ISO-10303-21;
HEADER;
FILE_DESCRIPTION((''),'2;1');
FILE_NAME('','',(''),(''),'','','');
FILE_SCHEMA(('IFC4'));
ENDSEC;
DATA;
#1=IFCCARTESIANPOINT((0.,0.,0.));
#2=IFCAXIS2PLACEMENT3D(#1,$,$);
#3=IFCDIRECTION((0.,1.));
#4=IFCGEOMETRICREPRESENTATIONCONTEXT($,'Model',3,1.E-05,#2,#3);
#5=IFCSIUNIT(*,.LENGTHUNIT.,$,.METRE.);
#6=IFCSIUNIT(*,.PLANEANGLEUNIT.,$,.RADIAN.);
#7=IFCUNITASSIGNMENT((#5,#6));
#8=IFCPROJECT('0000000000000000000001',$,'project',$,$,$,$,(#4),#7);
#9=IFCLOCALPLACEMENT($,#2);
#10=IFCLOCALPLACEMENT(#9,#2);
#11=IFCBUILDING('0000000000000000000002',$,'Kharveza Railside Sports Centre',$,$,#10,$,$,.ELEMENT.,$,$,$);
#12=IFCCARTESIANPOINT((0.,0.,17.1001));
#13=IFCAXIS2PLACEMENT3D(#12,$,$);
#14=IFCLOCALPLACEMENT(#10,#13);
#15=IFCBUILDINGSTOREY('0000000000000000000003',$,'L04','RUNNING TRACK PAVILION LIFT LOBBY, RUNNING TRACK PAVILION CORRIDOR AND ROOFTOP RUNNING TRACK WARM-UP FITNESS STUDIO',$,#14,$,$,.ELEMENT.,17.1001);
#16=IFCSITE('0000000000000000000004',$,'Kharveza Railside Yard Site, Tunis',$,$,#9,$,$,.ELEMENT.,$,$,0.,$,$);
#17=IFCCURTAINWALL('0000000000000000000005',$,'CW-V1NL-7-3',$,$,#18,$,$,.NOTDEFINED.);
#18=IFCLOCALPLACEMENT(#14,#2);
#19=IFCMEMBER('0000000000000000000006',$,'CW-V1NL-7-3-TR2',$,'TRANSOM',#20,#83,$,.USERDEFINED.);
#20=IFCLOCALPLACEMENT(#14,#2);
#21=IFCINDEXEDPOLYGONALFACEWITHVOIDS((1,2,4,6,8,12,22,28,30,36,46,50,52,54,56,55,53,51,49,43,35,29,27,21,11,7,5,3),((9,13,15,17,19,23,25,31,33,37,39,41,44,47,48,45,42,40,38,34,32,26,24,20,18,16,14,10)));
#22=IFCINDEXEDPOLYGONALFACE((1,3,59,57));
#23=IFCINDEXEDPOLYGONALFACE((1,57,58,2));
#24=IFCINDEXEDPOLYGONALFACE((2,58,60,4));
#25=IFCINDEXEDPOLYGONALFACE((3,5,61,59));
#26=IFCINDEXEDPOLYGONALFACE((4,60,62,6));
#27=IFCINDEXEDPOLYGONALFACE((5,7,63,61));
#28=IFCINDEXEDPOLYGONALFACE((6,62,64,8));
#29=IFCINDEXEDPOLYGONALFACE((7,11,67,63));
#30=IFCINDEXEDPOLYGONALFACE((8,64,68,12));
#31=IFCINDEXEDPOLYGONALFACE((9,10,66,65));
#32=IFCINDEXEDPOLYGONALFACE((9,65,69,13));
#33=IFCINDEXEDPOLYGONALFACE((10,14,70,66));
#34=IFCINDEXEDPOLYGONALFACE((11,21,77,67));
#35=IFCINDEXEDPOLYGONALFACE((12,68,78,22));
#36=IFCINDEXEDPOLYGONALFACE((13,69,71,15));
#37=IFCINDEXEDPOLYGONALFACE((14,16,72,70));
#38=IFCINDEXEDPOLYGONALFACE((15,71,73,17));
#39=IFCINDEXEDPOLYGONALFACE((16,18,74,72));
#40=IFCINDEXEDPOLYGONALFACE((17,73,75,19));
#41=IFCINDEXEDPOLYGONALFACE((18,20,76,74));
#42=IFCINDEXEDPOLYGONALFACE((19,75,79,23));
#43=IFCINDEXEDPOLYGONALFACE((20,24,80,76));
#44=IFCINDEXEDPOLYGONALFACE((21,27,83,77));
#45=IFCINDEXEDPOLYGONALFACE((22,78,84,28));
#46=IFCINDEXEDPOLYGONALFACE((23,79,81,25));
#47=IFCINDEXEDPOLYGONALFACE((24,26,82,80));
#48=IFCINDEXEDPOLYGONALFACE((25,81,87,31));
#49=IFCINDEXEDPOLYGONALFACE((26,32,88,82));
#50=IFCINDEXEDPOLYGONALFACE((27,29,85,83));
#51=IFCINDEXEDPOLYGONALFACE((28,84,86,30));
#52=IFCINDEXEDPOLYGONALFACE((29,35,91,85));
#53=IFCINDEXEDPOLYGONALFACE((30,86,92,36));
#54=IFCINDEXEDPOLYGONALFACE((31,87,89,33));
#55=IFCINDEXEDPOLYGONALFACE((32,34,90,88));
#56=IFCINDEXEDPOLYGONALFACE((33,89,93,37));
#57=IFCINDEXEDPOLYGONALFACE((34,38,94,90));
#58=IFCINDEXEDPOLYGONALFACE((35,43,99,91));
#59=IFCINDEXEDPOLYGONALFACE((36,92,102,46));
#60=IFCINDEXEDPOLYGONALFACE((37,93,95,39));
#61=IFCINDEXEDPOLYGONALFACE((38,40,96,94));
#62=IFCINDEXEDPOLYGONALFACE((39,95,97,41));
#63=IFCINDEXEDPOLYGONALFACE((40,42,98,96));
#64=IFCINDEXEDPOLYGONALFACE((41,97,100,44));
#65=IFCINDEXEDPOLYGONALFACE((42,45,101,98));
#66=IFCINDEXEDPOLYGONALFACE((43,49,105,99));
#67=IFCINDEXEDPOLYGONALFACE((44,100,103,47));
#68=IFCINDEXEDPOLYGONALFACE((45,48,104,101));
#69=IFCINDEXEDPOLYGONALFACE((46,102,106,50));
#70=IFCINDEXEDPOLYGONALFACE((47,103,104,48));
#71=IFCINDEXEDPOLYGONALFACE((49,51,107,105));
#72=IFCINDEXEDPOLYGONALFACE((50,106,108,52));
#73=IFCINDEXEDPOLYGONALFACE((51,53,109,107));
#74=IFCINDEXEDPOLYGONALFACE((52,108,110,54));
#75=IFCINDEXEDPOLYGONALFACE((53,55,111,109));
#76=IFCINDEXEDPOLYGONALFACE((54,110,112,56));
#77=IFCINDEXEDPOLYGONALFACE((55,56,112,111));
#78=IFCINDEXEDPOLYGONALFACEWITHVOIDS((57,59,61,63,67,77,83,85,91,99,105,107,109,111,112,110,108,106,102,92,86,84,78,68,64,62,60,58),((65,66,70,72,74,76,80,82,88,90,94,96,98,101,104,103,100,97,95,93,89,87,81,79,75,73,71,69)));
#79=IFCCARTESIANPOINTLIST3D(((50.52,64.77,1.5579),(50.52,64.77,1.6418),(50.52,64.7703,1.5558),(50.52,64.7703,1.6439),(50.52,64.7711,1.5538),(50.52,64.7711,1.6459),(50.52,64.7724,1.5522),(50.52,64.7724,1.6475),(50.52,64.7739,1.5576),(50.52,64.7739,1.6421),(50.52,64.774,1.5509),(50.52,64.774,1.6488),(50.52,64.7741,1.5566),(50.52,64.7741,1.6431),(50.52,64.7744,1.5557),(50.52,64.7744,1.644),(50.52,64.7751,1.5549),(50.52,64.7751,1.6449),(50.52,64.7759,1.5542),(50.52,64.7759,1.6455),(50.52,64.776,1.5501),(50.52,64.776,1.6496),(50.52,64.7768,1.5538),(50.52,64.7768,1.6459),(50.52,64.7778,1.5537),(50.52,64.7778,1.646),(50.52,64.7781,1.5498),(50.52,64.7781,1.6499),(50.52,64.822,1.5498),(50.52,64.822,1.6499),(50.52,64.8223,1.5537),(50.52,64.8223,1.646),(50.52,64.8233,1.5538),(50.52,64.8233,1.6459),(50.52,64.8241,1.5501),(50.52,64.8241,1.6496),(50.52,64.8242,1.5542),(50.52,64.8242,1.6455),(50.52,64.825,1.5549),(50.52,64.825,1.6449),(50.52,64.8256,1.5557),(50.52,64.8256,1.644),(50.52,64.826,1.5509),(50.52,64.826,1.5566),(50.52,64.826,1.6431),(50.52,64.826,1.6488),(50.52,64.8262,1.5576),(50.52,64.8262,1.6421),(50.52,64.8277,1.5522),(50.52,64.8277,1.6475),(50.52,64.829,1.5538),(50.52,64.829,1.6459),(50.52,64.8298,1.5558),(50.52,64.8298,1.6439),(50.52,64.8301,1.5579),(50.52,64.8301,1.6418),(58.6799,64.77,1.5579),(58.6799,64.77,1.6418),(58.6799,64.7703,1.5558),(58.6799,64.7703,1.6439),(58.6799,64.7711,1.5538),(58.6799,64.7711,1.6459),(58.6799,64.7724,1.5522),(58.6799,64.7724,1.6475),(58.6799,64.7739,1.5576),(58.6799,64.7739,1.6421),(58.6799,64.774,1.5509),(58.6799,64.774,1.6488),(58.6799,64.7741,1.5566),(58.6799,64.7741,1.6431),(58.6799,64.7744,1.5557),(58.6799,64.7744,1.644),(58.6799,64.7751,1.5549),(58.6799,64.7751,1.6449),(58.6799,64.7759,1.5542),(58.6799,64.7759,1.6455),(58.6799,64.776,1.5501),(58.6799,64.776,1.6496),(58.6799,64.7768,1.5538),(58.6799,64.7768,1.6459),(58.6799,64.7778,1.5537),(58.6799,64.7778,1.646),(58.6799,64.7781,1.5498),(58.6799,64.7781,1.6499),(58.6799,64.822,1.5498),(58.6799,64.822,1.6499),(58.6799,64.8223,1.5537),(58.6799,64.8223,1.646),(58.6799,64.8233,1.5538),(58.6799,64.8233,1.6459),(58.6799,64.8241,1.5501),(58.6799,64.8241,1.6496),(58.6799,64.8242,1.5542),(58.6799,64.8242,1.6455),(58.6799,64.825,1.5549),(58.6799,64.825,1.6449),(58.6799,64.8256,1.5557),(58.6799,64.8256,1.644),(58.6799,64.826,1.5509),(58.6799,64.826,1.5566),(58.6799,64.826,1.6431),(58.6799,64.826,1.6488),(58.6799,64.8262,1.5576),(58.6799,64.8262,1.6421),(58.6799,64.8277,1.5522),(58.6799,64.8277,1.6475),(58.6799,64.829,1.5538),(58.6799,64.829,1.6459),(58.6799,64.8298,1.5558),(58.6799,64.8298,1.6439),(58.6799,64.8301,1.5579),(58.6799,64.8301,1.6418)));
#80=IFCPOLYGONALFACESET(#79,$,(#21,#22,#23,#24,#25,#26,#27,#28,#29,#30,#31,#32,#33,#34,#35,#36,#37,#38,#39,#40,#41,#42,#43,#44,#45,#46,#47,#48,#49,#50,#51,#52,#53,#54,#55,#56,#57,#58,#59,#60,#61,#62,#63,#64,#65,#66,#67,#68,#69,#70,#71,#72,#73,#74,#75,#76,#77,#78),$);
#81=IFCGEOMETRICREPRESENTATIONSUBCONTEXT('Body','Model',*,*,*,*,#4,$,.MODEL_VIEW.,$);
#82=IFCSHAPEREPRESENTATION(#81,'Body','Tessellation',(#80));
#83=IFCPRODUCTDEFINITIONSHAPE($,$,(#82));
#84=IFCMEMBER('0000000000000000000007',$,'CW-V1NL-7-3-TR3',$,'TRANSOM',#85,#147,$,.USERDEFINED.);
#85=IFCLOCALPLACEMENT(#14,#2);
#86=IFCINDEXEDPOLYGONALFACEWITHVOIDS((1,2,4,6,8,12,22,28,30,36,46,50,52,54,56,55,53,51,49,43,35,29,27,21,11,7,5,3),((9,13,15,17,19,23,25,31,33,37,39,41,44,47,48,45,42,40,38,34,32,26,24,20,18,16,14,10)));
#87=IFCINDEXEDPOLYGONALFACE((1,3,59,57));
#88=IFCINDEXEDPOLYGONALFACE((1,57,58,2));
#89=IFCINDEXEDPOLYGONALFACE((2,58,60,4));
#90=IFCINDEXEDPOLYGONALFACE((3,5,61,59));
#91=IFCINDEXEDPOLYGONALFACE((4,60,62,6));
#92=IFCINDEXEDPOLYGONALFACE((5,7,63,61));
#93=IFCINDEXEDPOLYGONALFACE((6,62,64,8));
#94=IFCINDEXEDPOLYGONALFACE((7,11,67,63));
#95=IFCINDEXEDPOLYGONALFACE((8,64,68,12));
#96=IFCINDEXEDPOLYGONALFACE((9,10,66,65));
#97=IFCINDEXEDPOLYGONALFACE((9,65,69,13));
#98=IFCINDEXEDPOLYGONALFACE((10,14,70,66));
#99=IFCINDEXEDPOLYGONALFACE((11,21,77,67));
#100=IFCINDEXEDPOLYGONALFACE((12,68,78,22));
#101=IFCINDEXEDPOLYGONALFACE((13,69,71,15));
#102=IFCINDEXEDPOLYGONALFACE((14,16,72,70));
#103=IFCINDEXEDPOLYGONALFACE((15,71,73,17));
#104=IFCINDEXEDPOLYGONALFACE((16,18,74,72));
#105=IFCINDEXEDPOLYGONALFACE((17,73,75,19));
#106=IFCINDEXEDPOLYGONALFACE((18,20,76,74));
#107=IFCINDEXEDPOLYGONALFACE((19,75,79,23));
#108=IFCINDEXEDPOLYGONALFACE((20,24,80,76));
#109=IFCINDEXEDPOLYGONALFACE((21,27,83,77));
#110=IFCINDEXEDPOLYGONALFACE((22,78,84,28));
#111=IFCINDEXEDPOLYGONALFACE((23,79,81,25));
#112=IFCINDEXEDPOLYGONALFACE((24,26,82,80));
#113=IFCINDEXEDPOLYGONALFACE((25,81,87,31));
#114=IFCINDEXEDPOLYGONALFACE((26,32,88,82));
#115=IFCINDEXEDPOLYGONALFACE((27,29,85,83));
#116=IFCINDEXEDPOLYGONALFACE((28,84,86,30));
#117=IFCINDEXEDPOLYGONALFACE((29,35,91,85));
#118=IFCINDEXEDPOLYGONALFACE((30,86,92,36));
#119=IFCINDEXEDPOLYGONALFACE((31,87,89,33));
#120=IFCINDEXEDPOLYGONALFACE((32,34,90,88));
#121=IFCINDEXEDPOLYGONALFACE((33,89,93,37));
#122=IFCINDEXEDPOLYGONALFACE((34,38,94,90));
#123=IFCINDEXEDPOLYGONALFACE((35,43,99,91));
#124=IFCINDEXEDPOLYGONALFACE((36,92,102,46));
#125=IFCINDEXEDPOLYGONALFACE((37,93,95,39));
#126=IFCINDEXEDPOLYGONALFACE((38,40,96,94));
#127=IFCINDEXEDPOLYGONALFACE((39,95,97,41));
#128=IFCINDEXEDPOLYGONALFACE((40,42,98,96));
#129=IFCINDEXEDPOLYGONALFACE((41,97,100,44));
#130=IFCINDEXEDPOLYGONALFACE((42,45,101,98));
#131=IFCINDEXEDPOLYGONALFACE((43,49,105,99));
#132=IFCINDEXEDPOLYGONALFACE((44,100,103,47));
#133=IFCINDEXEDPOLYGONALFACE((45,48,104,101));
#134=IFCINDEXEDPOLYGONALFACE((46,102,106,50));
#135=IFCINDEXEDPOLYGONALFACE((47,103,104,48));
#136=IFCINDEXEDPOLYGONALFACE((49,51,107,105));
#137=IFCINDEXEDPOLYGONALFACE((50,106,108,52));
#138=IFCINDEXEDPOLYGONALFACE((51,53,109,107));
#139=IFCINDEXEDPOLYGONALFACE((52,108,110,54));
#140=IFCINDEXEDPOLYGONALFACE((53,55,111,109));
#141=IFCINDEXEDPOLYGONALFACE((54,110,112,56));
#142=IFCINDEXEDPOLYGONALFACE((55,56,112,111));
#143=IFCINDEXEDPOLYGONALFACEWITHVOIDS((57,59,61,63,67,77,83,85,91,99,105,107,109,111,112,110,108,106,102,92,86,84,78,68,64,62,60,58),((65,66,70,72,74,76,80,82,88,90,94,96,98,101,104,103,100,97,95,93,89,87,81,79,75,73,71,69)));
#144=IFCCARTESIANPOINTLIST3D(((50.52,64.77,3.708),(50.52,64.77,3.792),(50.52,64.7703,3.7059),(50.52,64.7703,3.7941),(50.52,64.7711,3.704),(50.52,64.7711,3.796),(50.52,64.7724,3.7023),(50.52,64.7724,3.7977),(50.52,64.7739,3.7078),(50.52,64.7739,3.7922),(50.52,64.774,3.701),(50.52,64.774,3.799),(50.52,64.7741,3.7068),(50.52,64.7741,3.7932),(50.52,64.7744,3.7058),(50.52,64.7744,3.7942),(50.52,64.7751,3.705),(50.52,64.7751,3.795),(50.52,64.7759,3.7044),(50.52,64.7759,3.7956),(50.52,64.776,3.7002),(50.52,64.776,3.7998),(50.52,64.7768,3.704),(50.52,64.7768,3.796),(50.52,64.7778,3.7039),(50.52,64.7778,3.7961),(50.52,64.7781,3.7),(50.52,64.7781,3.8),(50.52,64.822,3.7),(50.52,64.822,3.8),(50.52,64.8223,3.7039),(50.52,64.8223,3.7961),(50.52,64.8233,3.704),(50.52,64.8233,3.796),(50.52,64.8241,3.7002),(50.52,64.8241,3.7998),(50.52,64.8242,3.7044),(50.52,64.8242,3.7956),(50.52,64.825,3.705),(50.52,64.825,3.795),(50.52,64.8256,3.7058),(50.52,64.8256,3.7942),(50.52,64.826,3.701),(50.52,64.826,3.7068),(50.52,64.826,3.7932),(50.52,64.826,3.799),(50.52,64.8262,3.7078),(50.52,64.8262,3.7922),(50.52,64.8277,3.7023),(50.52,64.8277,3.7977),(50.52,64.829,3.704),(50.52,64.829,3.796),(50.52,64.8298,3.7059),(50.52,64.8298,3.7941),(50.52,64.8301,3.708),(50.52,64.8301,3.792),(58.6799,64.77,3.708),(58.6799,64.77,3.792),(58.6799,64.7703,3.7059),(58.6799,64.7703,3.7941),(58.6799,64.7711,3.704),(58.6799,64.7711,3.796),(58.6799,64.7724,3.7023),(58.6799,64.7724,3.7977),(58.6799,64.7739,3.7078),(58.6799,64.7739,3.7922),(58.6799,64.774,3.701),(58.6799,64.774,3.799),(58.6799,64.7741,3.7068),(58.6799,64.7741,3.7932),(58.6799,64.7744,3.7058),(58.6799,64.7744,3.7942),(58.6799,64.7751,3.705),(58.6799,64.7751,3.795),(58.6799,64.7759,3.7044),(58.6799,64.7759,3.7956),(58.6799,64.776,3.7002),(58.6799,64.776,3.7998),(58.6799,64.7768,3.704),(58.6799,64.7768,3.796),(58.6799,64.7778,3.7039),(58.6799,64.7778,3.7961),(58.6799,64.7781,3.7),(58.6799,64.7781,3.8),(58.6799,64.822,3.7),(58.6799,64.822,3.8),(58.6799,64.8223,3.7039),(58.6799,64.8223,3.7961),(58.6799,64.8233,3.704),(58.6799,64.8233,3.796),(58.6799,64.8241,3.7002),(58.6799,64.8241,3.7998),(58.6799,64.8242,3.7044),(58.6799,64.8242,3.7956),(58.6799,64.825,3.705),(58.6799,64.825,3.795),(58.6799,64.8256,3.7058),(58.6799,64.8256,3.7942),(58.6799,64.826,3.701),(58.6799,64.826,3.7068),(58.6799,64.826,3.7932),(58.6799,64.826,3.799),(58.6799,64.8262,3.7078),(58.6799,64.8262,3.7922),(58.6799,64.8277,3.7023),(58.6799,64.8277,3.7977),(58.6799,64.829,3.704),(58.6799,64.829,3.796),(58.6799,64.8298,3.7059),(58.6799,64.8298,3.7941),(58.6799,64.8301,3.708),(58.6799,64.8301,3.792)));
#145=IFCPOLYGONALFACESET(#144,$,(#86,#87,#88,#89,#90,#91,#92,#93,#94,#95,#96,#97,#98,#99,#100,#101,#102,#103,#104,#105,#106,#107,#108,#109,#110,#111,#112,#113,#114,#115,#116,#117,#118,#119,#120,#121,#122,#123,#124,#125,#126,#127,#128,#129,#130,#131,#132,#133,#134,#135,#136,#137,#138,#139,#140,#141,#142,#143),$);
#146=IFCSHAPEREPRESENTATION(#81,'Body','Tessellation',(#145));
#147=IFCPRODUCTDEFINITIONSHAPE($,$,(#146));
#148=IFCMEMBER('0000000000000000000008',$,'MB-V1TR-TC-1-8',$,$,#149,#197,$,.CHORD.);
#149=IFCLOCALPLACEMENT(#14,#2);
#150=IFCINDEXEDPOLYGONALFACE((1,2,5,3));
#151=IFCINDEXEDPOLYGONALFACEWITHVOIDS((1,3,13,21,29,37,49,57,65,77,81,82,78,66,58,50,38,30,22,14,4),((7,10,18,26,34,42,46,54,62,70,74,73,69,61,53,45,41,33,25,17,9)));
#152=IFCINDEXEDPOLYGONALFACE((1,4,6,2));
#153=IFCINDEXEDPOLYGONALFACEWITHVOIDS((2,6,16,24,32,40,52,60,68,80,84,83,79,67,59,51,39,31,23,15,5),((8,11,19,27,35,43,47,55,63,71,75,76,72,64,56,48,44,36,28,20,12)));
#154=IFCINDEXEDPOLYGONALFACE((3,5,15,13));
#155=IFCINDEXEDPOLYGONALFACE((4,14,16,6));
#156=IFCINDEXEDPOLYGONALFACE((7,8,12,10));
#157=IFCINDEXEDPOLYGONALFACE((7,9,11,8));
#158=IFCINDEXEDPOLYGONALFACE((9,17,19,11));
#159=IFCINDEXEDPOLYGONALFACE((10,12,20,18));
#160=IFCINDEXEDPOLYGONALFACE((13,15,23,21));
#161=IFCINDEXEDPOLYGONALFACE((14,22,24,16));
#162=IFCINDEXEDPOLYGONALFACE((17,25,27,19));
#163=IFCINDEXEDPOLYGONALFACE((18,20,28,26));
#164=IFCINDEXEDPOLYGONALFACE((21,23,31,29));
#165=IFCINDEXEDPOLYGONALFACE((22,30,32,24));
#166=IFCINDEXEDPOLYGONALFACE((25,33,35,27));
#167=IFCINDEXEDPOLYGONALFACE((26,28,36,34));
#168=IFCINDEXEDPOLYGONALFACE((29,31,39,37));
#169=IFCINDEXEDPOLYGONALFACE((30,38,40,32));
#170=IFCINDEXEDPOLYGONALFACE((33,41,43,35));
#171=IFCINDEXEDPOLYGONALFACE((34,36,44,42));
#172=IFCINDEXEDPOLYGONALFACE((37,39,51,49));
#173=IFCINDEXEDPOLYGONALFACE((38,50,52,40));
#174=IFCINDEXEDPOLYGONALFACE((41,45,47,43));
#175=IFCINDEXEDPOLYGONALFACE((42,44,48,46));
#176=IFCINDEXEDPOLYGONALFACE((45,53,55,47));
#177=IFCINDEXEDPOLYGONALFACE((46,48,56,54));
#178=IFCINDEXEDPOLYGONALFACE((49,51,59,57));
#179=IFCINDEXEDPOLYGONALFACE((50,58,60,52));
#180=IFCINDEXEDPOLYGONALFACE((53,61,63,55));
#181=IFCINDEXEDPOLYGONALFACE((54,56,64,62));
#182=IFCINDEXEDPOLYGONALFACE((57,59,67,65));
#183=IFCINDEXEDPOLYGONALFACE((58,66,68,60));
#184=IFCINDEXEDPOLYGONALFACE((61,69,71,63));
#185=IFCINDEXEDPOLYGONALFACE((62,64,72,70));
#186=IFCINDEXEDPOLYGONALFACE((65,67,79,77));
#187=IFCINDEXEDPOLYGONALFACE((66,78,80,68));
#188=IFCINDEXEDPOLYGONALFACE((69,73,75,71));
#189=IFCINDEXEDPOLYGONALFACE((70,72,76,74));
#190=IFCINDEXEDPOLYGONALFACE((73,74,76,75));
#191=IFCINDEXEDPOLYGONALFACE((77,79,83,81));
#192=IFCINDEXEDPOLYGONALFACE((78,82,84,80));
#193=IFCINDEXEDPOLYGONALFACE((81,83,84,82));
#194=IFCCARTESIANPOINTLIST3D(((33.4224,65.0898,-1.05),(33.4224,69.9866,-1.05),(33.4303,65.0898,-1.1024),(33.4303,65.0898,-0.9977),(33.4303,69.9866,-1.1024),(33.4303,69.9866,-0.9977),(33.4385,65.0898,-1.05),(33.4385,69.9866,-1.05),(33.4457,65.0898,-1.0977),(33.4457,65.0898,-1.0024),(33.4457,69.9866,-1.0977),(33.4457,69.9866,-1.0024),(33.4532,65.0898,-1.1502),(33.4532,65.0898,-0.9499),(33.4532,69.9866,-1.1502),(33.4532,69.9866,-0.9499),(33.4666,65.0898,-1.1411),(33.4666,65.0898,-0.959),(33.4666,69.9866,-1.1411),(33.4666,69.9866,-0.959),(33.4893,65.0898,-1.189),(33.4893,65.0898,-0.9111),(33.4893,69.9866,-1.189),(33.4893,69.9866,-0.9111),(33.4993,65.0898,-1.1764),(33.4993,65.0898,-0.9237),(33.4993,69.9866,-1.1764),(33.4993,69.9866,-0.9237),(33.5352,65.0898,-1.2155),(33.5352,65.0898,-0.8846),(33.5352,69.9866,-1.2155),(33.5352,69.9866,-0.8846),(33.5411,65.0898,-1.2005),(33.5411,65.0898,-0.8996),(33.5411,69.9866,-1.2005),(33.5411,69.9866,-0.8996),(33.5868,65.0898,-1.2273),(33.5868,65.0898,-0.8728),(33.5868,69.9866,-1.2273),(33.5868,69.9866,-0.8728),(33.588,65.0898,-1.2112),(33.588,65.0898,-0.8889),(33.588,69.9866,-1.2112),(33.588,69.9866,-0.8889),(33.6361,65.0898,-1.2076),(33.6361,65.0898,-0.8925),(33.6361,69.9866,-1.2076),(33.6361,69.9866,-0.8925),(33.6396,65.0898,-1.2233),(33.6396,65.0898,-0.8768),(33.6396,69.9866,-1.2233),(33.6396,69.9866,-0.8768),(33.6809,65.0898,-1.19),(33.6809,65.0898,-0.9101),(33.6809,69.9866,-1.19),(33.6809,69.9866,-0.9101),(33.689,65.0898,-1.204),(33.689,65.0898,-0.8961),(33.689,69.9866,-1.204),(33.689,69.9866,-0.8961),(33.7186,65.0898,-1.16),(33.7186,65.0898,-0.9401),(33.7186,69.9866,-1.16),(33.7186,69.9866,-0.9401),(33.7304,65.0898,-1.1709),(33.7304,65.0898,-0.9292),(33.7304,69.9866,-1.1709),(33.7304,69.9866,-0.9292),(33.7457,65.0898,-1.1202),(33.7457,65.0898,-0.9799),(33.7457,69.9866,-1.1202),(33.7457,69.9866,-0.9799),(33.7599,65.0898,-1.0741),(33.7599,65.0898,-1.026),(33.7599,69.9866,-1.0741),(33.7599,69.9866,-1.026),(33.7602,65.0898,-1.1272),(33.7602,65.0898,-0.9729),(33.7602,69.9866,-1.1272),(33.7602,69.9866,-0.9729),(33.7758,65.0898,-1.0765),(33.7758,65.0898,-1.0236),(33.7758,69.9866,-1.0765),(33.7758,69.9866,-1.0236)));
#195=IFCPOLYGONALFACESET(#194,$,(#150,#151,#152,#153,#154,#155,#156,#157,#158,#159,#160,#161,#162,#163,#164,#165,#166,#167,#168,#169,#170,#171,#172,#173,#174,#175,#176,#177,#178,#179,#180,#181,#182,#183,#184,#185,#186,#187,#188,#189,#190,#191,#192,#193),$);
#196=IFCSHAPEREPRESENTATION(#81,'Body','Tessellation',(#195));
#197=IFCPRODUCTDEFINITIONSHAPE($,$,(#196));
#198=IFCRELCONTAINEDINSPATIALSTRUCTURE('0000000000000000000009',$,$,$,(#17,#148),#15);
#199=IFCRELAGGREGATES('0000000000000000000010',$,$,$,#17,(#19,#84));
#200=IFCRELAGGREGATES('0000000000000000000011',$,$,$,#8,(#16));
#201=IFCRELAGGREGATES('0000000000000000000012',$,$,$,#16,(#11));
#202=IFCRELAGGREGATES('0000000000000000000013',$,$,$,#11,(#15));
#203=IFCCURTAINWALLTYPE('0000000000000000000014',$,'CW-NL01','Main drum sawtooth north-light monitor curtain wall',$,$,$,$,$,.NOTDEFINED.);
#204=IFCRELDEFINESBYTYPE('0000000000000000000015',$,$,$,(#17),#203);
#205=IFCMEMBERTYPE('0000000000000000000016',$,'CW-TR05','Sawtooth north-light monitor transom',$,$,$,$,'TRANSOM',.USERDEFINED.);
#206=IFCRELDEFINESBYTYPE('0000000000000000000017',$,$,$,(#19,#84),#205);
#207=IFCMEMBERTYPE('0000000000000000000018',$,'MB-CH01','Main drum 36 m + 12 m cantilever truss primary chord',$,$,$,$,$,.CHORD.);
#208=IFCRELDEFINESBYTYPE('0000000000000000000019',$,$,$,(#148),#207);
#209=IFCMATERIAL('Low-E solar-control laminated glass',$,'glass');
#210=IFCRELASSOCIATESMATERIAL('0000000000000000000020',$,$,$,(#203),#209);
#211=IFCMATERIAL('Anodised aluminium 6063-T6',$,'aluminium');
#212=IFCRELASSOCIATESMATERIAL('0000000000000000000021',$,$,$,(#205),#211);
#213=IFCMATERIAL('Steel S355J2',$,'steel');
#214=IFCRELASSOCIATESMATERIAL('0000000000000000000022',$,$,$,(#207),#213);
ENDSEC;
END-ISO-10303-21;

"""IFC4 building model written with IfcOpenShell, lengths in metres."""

from ifc_helpers import new_model, si_unit, direction, frame, origin, origin_2d, place, context, subcontext, project, spatial, hollow_rectangle, hollow_circle, extrude, material, material_profile, profile_set, type_object, element, aggregate, save


model = new_model("IFC4")

# Units and contexts
model_context = context("Model", 3, precision=1e-05, world=origin(), true_north=direction((0.0, 1.0)))
body_context = subcontext(model_context, "Body", "Model", "MODEL_VIEW")
ifc_project = project(units=[si_unit("LENGTHUNIT", "METRE"), si_unit("PLANEANGLEUNIT", "RADIAN")], contexts=[model_context])

# Site, building, storey
site_placement = place(None, origin())
site = spatial("IfcSite", under=ifc_project, at=site_placement, Name="Kharveza Railside Yard Site, Tunis", CompositionType="ELEMENT", RefElevation=0.0)
building_placement = place(site_placement, origin())
building = spatial("IfcBuilding", under=site, at=building_placement, Name="Kharveza Railside Sports Centre", CompositionType="ELEMENT")
storey_placement = place(building_placement, frame((0.0, 0.0, 17.1001)))
storey = spatial("IfcBuildingStorey", under=building, at=storey_placement, Name="L04", Description="RUNNING TRACK PAVILION LIFT LOBBY, RUNNING TRACK PAVILION CORRIDOR AND ROOFTOP RUNNING TRACK WARM-UP FITNESS STUDIO", CompositionType="ELEMENT", Elevation=17.1001)

# Curtain wall, members
ifc_material_1 = material(Name="Low-E solar-control laminated glass", Category="glass")
curtain_wall_type = type_object("IfcCurtainWallType", Name="CW-NL01", Description="Main drum sawtooth north-light monitor curtain wall", PredefinedType="NOTDEFINED", material=ifc_material_1)
curtain_wall_placement = place(storey_placement, origin())
curtain_wall = element("IfcCurtainWall", 1, at=curtain_wall_placement, inside=storey, type_object=curtain_wall_type, Name="CW-V1NL-7-3", PredefinedType="NOTDEFINED")
ifc_material_2 = material(Name="Anodised aluminium 6063-T6", Category="aluminium")
ifc_material_profile_1 = material_profile(ifc_material_2, hollow_rectangle(XDim=0.0601, YDim=0.1001, WallThickness=0.0039, InnerFilletRadius=0.0039, OuterFilletRadius=0.0081, at=origin_2d()), Name="RHS 60x100x4.0")
ifc_profile_set_1 = profile_set([ifc_material_profile_1], Name="Anodised aluminium 6063-T6")
member_type_1 = type_object("IfcMemberType", Name="CW-TR05", Description="Sawtooth north-light monitor transom", ElementType="TRANSOM", PredefinedType="USERDEFINED", material=ifc_profile_set_1)
member_1_placement = place(storey_placement, frame((50.52, 64.8, 1.5999), z_axis=(1.0, 0.0, 0.0), x_axis=(0.0, 1.0, 0.0)))
member_1 = element("IfcMember", 2, at=member_1_placement, type_object=member_type_1, Name="CW-V1NL-7-3-TR2", ObjectType="TRANSOM", PredefinedType="USERDEFINED", context=body_context, shape_type="SweptSolid", body=[
    extrude(hollow_rectangle(XDim=0.0601, YDim=0.1001, WallThickness=0.0039, InnerFilletRadius=0.0039, OuterFilletRadius=0.0081, at=origin_2d()), origin(), (0.0, 0.0, 1.0), 8.1599),
])
member_2_placement = place(storey_placement, frame((50.52, 64.8, 3.75), z_axis=(1.0, 0.0, 0.0), x_axis=(0.0, 1.0, 0.0)))
member_2 = element("IfcMember", 3, at=member_2_placement, type_object=member_type_1, Name="CW-V1NL-7-3-TR3", ObjectType="TRANSOM", PredefinedType="USERDEFINED", context=body_context, shape_type="SweptSolid", body=[
    extrude(hollow_rectangle(XDim=0.0601, YDim=0.1001, WallThickness=0.0039, InnerFilletRadius=0.0039, OuterFilletRadius=0.0081, at=origin_2d()), origin(), (0.0, 0.0, 1.0), 8.1599),
])

# Member
ifc_material_3 = material(Name="Steel S355J2", Category="steel")
ifc_material_profile_2 = material_profile(ifc_material_3, hollow_circle(Radius=0.1777, WallThickness=0.0161, at=origin_2d()), Name="CHS 355.6x16.0")
ifc_profile_set_2 = profile_set([ifc_material_profile_2], Name="Steel S355J2")
member_type_2 = type_object("IfcMemberType", Name="MB-CH01", Description="Main drum 36 m + 12 m cantilever truss primary chord", PredefinedType="CHORD", material=ifc_profile_set_2)
member_3_placement = place(storey_placement, frame((33.6001, 65.0898, -1.05), z_axis=(0.0, 1.0, 0.0), x_axis=(-1.0, 0.0, 0.0)))
element("IfcMember", 4, at=member_3_placement, inside=storey, type_object=member_type_2, Name="MB-V1TR-TC-1-8", PredefinedType="CHORD", context=body_context, shape_type="SweptSolid", body=[
    extrude(hollow_circle(Radius=0.1777, WallThickness=0.0161, at=origin_2d()), origin(), (0.0, 0.0, 1.0), 4.8967),
])

aggregate(curtain_wall, [member_1, member_2])

save(model, "model.ifc")
